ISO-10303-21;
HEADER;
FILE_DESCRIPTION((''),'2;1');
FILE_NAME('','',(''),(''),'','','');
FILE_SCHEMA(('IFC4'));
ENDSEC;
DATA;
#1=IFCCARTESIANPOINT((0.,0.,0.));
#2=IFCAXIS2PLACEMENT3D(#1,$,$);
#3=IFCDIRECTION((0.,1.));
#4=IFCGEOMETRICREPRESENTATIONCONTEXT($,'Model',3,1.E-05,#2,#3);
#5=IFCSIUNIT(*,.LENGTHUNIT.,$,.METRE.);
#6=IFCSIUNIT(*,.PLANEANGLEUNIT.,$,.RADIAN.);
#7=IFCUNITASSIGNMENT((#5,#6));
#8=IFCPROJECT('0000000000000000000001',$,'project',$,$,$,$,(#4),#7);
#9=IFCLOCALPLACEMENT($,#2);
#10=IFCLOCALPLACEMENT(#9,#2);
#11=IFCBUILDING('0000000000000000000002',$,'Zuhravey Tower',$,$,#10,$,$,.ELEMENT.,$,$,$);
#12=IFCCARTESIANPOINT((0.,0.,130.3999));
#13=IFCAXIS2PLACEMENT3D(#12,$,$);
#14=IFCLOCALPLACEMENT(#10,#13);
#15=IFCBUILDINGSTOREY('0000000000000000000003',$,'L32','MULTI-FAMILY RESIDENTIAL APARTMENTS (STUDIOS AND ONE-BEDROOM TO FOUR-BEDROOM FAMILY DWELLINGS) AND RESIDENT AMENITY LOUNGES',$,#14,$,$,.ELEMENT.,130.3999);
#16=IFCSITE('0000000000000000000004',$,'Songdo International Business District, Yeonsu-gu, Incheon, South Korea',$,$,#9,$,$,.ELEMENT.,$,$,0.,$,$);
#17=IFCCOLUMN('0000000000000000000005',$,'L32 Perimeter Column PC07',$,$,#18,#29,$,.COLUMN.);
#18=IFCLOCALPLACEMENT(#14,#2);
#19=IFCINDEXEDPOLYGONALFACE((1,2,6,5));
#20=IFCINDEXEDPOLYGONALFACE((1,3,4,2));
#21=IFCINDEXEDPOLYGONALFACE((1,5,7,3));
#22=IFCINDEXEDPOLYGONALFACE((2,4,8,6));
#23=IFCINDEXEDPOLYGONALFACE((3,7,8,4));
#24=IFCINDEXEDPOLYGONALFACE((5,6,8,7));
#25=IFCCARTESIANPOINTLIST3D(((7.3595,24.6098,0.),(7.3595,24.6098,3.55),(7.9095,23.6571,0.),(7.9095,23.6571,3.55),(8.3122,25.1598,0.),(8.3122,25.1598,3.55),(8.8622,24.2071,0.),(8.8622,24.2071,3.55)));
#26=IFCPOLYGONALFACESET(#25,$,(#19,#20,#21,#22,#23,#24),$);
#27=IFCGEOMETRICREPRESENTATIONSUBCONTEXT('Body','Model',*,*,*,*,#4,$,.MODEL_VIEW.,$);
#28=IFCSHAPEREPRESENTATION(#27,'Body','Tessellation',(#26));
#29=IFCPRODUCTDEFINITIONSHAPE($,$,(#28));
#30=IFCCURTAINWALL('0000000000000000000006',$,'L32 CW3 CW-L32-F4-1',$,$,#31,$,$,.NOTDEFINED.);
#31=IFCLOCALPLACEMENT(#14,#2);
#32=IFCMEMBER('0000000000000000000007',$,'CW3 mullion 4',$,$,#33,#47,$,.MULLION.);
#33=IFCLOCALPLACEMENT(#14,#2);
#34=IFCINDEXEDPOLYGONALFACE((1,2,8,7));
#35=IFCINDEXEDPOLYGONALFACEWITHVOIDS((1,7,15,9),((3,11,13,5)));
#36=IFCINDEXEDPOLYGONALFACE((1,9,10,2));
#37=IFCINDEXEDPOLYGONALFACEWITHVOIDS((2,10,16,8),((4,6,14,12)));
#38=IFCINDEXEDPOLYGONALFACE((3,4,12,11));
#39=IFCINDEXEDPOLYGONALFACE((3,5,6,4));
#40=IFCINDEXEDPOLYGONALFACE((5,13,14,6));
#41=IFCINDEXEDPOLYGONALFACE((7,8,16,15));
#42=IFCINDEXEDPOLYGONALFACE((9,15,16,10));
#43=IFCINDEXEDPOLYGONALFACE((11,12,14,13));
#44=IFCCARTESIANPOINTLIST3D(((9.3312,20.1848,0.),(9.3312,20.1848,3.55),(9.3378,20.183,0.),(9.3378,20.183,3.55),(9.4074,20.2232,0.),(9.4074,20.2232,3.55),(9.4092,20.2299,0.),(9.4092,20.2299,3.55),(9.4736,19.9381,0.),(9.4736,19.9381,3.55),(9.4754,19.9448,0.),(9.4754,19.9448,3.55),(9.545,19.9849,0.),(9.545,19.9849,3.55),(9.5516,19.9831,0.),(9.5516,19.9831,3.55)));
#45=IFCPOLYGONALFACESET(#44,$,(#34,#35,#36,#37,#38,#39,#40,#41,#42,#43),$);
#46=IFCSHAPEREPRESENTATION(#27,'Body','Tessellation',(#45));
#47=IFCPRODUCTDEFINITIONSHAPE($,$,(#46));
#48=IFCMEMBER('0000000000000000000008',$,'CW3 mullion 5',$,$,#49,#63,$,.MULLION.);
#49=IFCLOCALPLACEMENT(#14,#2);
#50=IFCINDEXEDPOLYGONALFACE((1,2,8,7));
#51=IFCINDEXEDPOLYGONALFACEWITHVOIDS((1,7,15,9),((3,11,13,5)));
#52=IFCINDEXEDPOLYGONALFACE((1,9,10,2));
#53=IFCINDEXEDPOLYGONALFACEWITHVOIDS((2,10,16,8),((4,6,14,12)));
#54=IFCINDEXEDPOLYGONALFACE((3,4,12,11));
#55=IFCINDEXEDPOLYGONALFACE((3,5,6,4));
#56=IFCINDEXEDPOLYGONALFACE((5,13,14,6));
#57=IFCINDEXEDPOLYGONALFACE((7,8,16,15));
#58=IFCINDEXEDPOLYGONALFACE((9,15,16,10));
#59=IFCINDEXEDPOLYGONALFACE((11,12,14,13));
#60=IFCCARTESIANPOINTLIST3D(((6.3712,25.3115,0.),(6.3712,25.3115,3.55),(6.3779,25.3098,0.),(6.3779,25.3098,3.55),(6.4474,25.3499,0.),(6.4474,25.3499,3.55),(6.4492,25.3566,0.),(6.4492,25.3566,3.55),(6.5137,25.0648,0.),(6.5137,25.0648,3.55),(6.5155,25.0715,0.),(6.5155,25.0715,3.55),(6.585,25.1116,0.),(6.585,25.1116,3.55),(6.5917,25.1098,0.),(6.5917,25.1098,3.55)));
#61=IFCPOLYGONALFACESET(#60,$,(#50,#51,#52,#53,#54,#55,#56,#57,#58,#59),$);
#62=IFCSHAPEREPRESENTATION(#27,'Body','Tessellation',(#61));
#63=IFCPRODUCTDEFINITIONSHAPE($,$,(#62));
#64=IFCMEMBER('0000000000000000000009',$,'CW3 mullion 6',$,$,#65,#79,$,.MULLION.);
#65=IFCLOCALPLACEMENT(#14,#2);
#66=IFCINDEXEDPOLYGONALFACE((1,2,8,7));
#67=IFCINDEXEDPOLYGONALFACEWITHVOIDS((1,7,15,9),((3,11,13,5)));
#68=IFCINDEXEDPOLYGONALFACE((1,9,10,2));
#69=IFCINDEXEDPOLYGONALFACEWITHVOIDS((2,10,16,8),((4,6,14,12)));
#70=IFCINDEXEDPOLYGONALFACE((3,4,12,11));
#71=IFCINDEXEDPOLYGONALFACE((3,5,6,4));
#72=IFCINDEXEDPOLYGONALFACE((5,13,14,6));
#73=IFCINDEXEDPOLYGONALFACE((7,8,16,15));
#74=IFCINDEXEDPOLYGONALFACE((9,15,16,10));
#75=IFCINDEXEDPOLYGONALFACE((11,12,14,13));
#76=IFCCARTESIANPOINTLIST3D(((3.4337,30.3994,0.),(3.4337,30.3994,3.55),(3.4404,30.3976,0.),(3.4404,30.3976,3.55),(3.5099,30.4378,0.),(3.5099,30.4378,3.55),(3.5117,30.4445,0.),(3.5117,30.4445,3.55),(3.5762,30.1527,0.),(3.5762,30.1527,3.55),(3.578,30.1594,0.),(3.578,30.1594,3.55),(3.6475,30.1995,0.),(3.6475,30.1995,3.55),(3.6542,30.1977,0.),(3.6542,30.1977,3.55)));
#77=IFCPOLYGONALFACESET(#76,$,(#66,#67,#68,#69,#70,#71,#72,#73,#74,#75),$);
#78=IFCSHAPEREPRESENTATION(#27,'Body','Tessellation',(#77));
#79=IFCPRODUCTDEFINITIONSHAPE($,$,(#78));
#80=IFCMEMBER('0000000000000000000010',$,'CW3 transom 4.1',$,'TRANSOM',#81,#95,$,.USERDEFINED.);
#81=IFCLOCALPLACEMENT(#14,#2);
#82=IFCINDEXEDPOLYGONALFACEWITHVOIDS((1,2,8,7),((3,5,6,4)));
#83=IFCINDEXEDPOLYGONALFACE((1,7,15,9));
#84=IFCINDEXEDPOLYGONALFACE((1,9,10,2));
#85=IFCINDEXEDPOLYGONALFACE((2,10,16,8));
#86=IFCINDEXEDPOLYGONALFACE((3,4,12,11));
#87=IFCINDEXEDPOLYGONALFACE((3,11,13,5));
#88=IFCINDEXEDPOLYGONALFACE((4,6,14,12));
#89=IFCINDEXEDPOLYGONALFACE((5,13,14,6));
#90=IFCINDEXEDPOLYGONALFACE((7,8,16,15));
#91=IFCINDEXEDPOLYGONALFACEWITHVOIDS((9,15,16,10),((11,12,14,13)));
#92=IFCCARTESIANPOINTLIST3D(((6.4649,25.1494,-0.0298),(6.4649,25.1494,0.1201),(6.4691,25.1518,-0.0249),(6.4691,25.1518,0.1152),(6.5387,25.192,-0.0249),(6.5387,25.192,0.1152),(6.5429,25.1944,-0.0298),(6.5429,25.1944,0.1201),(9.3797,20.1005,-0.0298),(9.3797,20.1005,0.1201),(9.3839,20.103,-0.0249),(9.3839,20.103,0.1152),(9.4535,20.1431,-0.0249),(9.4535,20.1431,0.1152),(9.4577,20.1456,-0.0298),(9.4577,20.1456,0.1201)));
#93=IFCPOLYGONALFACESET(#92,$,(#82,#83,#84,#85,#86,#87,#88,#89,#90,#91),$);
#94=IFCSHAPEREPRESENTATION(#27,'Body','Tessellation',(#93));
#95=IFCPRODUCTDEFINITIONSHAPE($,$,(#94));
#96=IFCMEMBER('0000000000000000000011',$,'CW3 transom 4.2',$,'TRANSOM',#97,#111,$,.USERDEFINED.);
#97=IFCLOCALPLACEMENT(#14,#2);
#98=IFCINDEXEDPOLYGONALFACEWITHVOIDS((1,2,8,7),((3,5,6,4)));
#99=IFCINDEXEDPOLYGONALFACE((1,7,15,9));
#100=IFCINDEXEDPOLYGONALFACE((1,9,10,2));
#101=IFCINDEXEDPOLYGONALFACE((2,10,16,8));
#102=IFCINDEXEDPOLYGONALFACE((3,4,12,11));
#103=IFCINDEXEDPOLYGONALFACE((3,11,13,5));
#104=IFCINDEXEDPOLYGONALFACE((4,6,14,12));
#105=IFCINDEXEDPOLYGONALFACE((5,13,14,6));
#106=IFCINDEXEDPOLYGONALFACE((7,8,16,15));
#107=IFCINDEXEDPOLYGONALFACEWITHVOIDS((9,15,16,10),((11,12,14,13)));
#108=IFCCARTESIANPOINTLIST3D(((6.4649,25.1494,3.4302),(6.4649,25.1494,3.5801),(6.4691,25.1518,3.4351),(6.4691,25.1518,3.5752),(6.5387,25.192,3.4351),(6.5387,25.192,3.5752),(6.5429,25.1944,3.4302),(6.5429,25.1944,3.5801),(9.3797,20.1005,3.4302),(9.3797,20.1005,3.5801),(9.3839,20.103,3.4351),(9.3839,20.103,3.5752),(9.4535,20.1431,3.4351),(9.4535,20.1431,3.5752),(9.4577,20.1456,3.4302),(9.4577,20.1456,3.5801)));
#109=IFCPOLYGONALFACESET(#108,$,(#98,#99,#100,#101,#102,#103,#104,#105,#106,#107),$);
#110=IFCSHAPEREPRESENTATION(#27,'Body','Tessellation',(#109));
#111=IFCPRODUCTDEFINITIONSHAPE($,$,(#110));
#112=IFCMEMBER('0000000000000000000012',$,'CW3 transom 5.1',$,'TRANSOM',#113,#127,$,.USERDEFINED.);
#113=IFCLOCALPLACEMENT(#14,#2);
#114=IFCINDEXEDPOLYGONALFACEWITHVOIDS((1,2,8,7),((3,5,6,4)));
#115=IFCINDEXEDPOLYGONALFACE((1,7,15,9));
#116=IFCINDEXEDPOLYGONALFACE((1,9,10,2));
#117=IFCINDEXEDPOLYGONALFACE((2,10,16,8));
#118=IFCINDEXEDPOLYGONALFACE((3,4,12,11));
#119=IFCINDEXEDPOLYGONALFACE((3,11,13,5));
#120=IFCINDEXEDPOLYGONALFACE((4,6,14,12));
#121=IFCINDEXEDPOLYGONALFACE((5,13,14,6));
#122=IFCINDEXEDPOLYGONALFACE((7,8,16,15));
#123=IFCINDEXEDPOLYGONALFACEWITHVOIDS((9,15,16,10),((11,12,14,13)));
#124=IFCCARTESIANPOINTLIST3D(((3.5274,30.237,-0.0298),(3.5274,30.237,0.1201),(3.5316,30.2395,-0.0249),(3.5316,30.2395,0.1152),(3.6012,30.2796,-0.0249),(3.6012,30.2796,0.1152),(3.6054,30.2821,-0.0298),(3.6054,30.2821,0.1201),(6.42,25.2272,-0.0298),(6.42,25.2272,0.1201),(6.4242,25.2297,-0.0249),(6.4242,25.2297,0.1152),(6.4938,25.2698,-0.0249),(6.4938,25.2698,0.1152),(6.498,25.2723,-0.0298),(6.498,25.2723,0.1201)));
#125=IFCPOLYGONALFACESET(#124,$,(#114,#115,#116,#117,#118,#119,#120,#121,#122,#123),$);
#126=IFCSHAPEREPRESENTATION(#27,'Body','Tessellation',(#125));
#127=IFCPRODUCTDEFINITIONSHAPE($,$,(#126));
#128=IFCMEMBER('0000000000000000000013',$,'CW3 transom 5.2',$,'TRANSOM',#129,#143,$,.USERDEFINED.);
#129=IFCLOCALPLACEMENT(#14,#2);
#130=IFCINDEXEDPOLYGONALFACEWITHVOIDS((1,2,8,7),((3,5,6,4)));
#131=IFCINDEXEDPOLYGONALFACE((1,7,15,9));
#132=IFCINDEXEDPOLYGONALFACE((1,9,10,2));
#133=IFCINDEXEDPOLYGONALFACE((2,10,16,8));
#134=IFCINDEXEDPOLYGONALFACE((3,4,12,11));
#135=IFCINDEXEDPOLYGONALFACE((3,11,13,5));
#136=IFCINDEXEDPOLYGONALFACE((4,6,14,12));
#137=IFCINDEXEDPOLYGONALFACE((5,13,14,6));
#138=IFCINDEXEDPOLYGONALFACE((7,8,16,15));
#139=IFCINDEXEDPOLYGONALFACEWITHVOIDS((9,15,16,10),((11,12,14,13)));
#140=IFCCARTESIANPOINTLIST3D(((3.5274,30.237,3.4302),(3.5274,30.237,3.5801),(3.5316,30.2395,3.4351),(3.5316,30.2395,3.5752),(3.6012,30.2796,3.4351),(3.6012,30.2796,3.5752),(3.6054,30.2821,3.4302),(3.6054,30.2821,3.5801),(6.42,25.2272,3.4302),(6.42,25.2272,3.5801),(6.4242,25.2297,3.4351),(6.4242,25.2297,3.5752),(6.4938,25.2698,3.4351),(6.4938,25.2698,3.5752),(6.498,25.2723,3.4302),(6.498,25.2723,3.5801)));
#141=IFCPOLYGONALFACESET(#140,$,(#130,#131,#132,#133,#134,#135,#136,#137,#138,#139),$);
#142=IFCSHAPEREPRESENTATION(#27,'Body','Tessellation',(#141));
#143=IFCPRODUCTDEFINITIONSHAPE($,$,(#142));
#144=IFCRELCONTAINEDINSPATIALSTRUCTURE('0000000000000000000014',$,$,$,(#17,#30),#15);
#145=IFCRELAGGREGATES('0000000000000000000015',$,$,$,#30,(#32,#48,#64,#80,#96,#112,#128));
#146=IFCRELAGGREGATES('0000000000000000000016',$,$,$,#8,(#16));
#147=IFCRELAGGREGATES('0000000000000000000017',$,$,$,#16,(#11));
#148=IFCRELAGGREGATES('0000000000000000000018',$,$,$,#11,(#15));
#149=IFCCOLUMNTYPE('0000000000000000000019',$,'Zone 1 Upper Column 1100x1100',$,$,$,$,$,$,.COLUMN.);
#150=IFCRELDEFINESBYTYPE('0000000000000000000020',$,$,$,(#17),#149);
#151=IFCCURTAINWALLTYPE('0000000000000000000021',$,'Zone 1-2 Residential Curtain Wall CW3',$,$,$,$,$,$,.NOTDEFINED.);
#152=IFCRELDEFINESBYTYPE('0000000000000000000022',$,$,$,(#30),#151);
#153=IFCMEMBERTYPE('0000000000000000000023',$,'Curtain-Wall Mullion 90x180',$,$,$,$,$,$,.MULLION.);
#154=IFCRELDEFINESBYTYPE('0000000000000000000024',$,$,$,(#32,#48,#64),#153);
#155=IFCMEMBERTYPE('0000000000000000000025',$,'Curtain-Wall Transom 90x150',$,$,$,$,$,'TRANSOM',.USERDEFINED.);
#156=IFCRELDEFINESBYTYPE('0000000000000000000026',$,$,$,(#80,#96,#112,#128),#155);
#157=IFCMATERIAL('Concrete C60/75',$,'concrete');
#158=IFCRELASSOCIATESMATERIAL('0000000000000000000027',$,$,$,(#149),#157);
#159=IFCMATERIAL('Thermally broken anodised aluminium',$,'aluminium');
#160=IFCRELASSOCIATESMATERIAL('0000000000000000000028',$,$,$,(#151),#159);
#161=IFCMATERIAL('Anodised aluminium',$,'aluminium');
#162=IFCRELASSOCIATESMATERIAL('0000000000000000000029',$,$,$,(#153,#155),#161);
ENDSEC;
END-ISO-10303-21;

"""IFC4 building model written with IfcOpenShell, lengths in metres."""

from ifc_helpers import new_model, si_unit, direction, frame, origin, origin_2d, place, context, subcontext, project, spatial, rectangle, hollow_rectangle, extrude, material, material_profile, profile_set, type_object, element, aggregate, save


model = new_model("IFC4")

# Units and contexts
model_context = context("Model", 3, precision=1e-05, world=origin(), true_north=direction((0.0, 1.0)))
body_context = subcontext(model_context, "Body", "Model", "MODEL_VIEW")
ifc_project = project(units=[si_unit("LENGTHUNIT", "METRE"), si_unit("PLANEANGLEUNIT", "RADIAN")], contexts=[model_context])

# Site, building, storey
site_placement = place(None, origin())
site = spatial("IfcSite", under=ifc_project, at=site_placement, Name="Songdo International Business District, Yeonsu-gu, Incheon, South Korea", CompositionType="ELEMENT", RefElevation=0.0)
building_placement = place(site_placement, origin())
building = spatial("IfcBuilding", under=site, at=building_placement, Name="Zuhravey Tower", CompositionType="ELEMENT")
storey_placement = place(building_placement, frame((0.0, 0.0, 130.3999)))
storey = spatial("IfcBuildingStorey", under=building, at=storey_placement, Name="L32", Description="MULTI-FAMILY RESIDENTIAL APARTMENTS (STUDIOS AND ONE-BEDROOM TO FOUR-BEDROOM FAMILY DWELLINGS) AND RESIDENT AMENITY LOUNGES", CompositionType="ELEMENT", Elevation=130.3999)

# Column
ifc_material_1 = material(Name="Concrete C60/75", Category="concrete")
ifc_material_profile_1 = material_profile(ifc_material_1, rectangle(XDim=1.1001, YDim=1.1001, at=origin_2d()), Name="RC-1100x1100")
ifc_profile_set_1 = profile_set([ifc_material_profile_1], Name="Concrete C60/75")
column_type = type_object("IfcColumnType", Name="Zone 1 Upper Column 1100x1100", PredefinedType="COLUMN", material=ifc_profile_set_1)
column_placement = place(storey_placement, frame((8.1108, 24.4084, 0.0), z_axis=(0.0, 0.0, 1.0), x_axis=(0.5, -0.866025, 0.0)))
element("IfcColumn", 1, at=column_placement, inside=storey, type_object=column_type, Name="L32 Perimeter Column PC07", PredefinedType="COLUMN", context=body_context, shape_type="SweptSolid", body=[
    extrude(rectangle(XDim=1.1001, YDim=1.1001, at=origin_2d()), origin(), (0.0, 0.0, 1.0), 3.55),
])

# Curtain wall, members
ifc_material_2 = material(Name="Thermally broken anodised aluminium", Category="aluminium")
curtain_wall_type = type_object("IfcCurtainWallType", Name="Zone 1-2 Residential Curtain Wall CW3", PredefinedType="NOTDEFINED", material=ifc_material_2)
curtain_wall_placement = place(storey_placement, origin())
curtain_wall = element("IfcCurtainWall", 2, at=curtain_wall_placement, inside=storey, type_object=curtain_wall_type, Name="L32 CW3 CW-L32-F4-1", PredefinedType="NOTDEFINED")
ifc_material_3 = material(Name="Anodised aluminium", Category="aluminium")
ifc_material_profile_2 = material_profile(ifc_material_3, hollow_rectangle(XDim=0.0901, YDim=0.2849, WallThickness=0.0049, at=origin_2d()), Name="ALU-RHS-90x285x5")
ifc_profile_set_2 = profile_set([ifc_material_profile_2], Name="Anodised aluminium")
member_type_1 = type_object("IfcMemberType", Name="Curtain-Wall Mullion 90x180", PredefinedType="MULLION", material=ifc_profile_set_2)
member_1_placement = place(storey_placement, frame((9.4414, 20.084, 0.0), z_axis=(0.0, 0.0, 1.0), x_axis=(-0.866026, -0.5, 0.0)))
member_1 = element("IfcMember", 3, at=member_1_placement, type_object=member_type_1, Name="CW3 mullion 4", PredefinedType="MULLION", context=body_context, shape_type="SweptSolid", body=[
    extrude(hollow_rectangle(XDim=0.0901, YDim=0.2849, WallThickness=0.0049, at=origin_2d()), origin(), (0.0, 0.0, 1.0), 3.55),
])
member_2_placement = place(storey_placement, frame((6.4814, 25.2107, 0.0), z_axis=(0.0, 0.0, 1.0), x_axis=(-0.866026, -0.5, 0.0)))
member_2 = element("IfcMember", 4, at=member_2_placement, type_object=member_type_1, Name="CW3 mullion 5", PredefinedType="MULLION", context=body_context, shape_type="SweptSolid", body=[
    extrude(hollow_rectangle(XDim=0.0901, YDim=0.2849, WallThickness=0.0049, at=origin_2d()), origin(), (0.0, 0.0, 1.0), 3.55),
])
member_3_placement = place(storey_placement, frame((3.5439, 30.2986, 0.0), z_axis=(0.0, 0.0, 1.0), x_axis=(-0.866026, -0.5, 0.0)))
member_3 = element("IfcMember", 5, at=member_3_placement, type_object=member_type_1, Name="CW3 mullion 6", PredefinedType="MULLION", context=body_context, shape_type="SweptSolid", body=[
    extrude(hollow_rectangle(XDim=0.0901, YDim=0.2849, WallThickness=0.0049, at=origin_2d()), origin(), (0.0, 0.0, 1.0), 3.55),
])
ifc_material_profile_3 = material_profile(ifc_material_3, hollow_rectangle(XDim=0.0901, YDim=0.1499, WallThickness=0.0049, at=origin_2d()), Name="ALU-RHS-90x150x5")
ifc_profile_set_3 = profile_set([ifc_material_profile_3], Name="Anodised aluminium")
member_type_2 = type_object("IfcMemberType", Name="Curtain-Wall Transom 90x150", ElementType="TRANSOM", PredefinedType="USERDEFINED", material=ifc_profile_set_3)
member_4_placement = place(storey_placement, frame((9.4187, 20.123, 0.0452), z_axis=(-0.499981, 0.866036, 0.0), x_axis=(-0.866036, -0.499981, 0.0)))
member_4 = element("IfcMember", 6, at=member_4_placement, type_object=member_type_2, Name="CW3 transom 4.1", ObjectType="TRANSOM", PredefinedType="USERDEFINED", context=body_context, shape_type="SweptSolid", body=[
    extrude(hollow_rectangle(XDim=0.0901, YDim=0.1499, WallThickness=0.0049, at=origin_2d()), origin(), (0.0, 0.0, 1.0), 5.8298),
])
member_5_placement = place(storey_placement, frame((9.4187, 20.123, 3.5051), z_axis=(-0.499981, 0.866036, 0.0), x_axis=(-0.866036, -0.499981, 0.0)))
member_5 = element("IfcMember", 7, at=member_5_placement, type_object=member_type_2, Name="CW3 transom 4.2", ObjectType="TRANSOM", PredefinedType="USERDEFINED", context=body_context, shape_type="SweptSolid", body=[
    extrude(hollow_rectangle(XDim=0.0901, YDim=0.1499, WallThickness=0.0049, at=origin_2d()), origin(), (0.0, 0.0, 1.0), 5.8298),
])
member_6_placement = place(storey_placement, frame((6.459, 25.2498, 0.0452), z_axis=(-0.500024, 0.866011, 0.0), x_axis=(-0.866011, -0.500024, 0.0)))
member_6 = element("IfcMember", 8, at=member_6_placement, type_object=member_type_2, Name="CW3 transom 5.1", ObjectType="TRANSOM", PredefinedType="USERDEFINED", context=body_context, shape_type="SweptSolid", body=[
    extrude(hollow_rectangle(XDim=0.0901, YDim=0.1499, WallThickness=0.0049, at=origin_2d()), origin(), (0.0, 0.0, 1.0), 5.7849),
])
member_7_placement = place(storey_placement, frame((6.459, 25.2498, 3.5051), z_axis=(-0.500024, 0.866011, 0.0), x_axis=(-0.866011, -0.500024, 0.0)))
member_7 = element("IfcMember", 9, at=member_7_placement, type_object=member_type_2, Name="CW3 transom 5.2", ObjectType="TRANSOM", PredefinedType="USERDEFINED", context=body_context, shape_type="SweptSolid", body=[
    extrude(hollow_rectangle(XDim=0.0901, YDim=0.1499, WallThickness=0.0049, at=origin_2d()), origin(), (0.0, 0.0, 1.0), 5.7849),
])

aggregate(curtain_wall, [member_1, member_2, member_3, member_4, member_5, member_6, member_7])

save(model, "model.ifc")
